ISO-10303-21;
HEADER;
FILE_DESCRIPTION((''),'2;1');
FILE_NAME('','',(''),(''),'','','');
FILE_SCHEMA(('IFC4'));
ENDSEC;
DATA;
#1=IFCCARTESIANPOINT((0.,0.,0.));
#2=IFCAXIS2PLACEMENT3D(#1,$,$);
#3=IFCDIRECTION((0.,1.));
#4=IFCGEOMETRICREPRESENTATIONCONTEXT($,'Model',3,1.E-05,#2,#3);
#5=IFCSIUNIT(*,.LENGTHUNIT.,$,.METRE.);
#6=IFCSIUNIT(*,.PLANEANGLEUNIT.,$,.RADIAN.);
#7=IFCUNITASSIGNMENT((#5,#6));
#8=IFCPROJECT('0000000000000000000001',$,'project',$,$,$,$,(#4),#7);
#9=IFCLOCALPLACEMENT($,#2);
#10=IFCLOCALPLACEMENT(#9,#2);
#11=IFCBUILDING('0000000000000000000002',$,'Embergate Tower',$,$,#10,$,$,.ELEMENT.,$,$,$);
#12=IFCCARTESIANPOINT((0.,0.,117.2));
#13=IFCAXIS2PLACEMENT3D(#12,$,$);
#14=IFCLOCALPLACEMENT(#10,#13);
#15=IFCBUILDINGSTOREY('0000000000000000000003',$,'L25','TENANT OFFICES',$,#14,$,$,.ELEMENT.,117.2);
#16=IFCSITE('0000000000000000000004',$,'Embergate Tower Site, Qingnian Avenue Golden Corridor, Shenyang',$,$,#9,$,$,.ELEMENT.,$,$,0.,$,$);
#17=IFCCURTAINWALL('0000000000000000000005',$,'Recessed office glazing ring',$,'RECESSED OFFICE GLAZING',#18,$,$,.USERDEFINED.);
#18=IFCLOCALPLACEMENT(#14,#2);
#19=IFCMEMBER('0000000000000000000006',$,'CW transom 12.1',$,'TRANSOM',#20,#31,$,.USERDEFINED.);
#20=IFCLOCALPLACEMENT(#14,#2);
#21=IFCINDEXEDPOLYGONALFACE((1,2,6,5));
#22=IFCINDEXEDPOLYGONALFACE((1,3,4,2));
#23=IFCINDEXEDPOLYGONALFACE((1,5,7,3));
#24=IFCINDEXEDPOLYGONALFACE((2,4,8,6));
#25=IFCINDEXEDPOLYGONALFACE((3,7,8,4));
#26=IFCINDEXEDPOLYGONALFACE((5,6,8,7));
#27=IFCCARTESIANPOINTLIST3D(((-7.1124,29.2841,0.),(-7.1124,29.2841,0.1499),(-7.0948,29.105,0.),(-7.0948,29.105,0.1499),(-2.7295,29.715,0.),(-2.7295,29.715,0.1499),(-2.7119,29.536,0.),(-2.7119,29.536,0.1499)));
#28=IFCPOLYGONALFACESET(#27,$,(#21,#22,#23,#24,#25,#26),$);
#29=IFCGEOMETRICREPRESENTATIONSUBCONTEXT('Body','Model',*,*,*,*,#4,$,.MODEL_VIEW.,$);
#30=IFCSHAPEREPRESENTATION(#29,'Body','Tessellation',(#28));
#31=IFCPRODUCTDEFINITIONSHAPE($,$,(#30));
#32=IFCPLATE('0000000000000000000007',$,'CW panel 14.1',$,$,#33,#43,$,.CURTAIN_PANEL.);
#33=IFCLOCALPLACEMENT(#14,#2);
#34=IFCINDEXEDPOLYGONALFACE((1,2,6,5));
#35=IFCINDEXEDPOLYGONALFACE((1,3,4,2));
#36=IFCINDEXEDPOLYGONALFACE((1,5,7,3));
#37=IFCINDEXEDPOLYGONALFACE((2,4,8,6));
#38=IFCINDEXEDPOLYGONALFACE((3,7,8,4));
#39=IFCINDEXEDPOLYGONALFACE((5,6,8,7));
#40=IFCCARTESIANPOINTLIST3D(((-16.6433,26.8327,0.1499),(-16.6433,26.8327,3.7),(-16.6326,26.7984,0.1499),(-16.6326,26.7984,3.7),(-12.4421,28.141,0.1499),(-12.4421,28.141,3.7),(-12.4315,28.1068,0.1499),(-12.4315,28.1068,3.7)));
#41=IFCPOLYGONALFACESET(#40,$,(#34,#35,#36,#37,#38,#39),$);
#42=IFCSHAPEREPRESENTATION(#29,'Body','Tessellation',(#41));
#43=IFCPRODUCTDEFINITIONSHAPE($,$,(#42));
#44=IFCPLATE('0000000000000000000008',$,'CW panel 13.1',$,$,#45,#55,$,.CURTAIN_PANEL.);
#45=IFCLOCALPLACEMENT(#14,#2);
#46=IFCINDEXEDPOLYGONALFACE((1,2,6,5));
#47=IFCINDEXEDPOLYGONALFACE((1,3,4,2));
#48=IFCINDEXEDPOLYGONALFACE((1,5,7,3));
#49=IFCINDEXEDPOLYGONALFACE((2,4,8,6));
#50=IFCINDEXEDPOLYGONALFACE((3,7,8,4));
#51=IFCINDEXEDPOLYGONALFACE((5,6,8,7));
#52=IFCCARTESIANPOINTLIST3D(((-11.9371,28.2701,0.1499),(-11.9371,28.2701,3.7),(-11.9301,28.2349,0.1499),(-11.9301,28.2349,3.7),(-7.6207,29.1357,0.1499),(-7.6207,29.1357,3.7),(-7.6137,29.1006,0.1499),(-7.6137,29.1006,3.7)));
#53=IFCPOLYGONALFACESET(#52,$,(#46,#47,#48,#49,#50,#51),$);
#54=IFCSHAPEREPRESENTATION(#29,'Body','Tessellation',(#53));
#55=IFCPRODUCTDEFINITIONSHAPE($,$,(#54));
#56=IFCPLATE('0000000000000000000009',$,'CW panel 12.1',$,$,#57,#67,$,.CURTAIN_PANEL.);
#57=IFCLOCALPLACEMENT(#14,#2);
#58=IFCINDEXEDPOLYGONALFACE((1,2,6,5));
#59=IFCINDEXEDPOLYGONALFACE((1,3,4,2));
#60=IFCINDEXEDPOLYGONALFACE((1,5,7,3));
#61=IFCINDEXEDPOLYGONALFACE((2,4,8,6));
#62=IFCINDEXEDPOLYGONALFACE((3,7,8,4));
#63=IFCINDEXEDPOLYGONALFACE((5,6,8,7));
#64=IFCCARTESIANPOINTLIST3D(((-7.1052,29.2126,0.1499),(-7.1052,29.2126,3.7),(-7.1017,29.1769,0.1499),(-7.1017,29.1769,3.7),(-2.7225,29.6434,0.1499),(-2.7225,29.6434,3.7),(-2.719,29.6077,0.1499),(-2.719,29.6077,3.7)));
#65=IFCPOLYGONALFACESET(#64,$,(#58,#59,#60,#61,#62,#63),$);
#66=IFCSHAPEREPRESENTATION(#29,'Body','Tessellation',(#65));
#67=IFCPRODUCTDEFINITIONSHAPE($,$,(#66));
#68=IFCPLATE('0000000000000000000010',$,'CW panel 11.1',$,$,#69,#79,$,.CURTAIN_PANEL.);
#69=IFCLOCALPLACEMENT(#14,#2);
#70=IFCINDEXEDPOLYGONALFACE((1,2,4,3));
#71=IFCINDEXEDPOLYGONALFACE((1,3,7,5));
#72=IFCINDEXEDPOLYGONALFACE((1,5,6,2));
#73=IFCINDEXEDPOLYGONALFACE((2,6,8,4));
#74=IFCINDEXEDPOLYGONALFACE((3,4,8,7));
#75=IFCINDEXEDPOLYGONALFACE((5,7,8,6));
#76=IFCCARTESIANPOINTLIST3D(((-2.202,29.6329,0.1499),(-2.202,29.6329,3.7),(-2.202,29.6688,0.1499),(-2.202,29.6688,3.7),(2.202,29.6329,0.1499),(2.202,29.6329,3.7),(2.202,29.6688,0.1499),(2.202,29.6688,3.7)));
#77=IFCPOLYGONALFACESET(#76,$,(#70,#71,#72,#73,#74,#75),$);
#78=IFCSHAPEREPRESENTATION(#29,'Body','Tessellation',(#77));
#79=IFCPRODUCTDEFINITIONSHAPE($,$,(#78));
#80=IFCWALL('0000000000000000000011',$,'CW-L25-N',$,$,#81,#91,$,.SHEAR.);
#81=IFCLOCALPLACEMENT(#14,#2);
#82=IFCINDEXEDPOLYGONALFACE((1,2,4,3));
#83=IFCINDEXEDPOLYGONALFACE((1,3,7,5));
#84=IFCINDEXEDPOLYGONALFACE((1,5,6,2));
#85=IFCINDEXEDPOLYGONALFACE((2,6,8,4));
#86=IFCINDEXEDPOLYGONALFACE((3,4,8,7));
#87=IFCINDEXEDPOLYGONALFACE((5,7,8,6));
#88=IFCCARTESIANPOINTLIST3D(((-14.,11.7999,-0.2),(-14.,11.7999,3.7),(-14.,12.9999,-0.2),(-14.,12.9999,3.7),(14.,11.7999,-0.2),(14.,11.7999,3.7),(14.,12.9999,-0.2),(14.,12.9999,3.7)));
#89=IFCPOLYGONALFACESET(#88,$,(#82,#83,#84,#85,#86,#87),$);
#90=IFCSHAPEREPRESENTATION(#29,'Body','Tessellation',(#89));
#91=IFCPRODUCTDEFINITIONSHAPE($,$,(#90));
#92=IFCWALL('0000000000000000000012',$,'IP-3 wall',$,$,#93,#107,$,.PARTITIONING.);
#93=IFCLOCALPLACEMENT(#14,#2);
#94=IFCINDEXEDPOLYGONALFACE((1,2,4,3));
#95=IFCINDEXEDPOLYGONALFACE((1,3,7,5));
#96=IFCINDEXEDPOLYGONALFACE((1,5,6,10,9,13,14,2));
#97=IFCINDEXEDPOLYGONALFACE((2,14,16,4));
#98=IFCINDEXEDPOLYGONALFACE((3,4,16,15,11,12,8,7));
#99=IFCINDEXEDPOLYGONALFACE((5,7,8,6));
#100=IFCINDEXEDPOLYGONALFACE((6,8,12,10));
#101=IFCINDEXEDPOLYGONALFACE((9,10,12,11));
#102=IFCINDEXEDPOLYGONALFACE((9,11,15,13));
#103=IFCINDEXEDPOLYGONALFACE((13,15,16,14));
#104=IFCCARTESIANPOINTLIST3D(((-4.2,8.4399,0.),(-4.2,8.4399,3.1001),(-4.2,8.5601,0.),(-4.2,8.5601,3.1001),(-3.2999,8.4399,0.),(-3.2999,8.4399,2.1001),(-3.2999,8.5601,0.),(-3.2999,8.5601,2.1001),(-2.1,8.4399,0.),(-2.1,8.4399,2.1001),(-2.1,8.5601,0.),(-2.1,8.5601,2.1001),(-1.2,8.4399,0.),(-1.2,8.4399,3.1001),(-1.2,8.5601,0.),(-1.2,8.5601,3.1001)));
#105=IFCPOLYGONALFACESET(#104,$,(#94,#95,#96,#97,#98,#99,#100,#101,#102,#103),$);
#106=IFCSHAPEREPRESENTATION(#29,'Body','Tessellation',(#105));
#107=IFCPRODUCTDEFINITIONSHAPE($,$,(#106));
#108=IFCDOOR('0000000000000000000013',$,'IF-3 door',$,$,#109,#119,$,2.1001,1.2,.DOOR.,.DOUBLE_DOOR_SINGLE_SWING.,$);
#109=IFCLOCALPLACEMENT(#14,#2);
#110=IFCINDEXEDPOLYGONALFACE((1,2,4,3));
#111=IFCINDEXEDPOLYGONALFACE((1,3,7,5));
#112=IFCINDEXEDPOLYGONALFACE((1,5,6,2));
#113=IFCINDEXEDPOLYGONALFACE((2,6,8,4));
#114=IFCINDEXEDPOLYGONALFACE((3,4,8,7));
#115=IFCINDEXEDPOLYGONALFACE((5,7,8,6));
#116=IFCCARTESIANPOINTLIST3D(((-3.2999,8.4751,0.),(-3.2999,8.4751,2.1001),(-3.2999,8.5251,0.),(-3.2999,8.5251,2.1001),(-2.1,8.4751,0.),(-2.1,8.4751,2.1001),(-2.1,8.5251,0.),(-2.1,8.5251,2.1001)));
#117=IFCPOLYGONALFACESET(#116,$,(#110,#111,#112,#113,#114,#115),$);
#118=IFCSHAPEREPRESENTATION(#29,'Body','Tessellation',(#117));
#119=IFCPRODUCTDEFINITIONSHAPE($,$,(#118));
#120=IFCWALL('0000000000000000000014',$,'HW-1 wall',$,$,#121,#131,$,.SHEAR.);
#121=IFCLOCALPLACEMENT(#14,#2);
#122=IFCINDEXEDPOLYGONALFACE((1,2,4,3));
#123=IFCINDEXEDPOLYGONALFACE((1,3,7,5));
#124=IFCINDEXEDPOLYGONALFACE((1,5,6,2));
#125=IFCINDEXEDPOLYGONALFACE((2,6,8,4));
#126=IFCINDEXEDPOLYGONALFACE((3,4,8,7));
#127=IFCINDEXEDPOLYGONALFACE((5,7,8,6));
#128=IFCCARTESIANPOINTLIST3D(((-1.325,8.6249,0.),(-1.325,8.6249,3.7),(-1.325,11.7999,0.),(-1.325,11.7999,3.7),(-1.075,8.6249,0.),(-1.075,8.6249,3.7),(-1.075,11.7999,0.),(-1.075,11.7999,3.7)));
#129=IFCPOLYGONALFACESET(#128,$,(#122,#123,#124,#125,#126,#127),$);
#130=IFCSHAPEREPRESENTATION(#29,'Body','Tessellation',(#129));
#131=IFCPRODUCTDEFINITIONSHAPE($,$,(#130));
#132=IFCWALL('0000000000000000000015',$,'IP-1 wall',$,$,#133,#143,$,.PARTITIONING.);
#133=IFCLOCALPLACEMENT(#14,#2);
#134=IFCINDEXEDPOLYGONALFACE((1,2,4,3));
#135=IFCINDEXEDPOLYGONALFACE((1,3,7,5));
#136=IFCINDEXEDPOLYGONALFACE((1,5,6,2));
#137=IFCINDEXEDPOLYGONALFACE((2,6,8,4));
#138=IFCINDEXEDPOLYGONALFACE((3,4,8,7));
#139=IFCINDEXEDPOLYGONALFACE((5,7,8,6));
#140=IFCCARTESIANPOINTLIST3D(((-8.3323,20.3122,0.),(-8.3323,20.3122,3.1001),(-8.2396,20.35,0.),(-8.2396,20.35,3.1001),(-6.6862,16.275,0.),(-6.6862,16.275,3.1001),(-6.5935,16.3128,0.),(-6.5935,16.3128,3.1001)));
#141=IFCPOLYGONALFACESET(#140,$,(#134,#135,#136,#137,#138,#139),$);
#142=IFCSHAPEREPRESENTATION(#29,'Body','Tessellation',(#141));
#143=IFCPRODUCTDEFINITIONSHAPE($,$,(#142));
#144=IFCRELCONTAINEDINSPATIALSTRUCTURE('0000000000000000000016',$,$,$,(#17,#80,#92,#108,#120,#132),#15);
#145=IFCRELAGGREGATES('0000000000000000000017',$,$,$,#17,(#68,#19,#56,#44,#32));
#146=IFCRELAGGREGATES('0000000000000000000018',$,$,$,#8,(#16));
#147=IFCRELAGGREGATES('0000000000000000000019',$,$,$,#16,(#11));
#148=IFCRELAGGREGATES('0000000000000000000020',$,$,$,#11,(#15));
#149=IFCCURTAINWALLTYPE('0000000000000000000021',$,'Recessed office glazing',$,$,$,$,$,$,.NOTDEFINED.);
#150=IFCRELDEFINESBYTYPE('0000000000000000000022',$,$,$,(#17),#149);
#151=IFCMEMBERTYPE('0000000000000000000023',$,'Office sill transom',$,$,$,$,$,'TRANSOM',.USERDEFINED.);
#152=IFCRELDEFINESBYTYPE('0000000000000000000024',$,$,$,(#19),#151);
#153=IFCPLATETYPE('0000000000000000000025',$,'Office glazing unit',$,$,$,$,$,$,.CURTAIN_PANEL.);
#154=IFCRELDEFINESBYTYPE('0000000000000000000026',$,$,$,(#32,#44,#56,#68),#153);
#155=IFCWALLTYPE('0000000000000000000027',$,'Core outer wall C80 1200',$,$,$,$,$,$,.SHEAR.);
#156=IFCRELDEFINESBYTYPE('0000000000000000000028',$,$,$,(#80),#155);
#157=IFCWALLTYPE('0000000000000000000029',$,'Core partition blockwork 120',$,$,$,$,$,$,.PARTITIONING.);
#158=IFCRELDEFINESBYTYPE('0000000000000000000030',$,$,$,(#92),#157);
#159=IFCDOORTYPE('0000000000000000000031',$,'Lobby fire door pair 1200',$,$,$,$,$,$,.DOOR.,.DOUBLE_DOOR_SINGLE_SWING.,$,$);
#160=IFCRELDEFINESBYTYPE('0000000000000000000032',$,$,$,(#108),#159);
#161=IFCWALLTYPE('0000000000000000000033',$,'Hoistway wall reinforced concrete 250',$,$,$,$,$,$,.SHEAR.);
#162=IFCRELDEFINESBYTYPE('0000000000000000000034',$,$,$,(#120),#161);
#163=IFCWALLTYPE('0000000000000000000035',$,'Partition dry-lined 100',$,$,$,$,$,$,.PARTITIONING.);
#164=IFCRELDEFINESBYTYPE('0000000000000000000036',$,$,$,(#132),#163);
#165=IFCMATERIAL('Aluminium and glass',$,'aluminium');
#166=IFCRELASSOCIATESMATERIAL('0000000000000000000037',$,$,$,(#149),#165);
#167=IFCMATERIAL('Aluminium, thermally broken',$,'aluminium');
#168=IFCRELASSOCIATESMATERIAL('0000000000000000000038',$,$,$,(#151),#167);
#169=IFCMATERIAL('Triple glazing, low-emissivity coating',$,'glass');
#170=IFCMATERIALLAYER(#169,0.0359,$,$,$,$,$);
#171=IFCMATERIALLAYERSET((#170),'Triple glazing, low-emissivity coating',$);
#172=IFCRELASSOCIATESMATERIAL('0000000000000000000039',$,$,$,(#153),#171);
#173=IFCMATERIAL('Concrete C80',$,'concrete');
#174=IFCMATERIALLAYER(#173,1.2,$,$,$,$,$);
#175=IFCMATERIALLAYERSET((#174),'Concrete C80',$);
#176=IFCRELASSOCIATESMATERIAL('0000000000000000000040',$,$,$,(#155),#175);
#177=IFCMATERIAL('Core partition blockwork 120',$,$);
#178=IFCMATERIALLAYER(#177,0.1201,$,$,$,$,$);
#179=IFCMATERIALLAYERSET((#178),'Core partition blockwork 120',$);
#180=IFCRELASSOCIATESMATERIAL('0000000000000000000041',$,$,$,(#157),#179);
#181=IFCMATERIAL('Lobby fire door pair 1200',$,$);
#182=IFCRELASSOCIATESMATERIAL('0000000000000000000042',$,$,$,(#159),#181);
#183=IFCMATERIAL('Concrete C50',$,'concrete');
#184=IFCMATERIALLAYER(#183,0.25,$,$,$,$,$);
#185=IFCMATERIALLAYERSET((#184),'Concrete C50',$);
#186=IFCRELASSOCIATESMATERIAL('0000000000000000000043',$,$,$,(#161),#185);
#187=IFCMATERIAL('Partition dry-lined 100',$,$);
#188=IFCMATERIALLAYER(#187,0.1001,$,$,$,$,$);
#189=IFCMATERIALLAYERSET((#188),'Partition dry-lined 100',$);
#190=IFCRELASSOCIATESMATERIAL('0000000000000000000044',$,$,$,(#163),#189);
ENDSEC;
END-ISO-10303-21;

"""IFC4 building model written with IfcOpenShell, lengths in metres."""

from ifc_helpers import new_model, si_unit, direction, frame, frame_2d, origin, origin_2d, place, context, subcontext, project, spatial, rectangle, extrude, source, transform, mapped, material, layer, layer_set, material_profile, profile_set, type_object, element, fill, aggregate, save


model = new_model("IFC4")

# Units and contexts
model_context = context("Model", 3, precision=1e-05, world=origin(), true_north=direction((0.0, 1.0)))
body_context = subcontext(model_context, "Body", "Model", "MODEL_VIEW")
ifc_project = project(units=[si_unit("LENGTHUNIT", "METRE"), si_unit("PLANEANGLEUNIT", "RADIAN")], contexts=[model_context])

# Site, building, storey
site_placement = place(None, origin())
site = spatial("IfcSite", under=ifc_project, at=site_placement, Name="Embergate Tower Site, Qingnian Avenue Golden Corridor, Shenyang", CompositionType="ELEMENT", RefElevation=0.0)
building_placement = place(site_placement, origin())
building = spatial("IfcBuilding", under=site, at=building_placement, Name="Embergate Tower", CompositionType="ELEMENT")
storey_placement = place(building_placement, frame((0.0, 0.0, 117.2)))
storey = spatial("IfcBuildingStorey", under=building, at=storey_placement, Name="L25", Description="TENANT OFFICES", CompositionType="ELEMENT", Elevation=117.2)

# Curtain wall, member, plates
ifc_material_1 = material(Name="Aluminium and glass", Category="aluminium")
curtain_wall_type = type_object("IfcCurtainWallType", Name="Recessed office glazing", PredefinedType="NOTDEFINED", material=ifc_material_1)
curtain_wall_placement = place(storey_placement, origin())
curtain_wall = element("IfcCurtainWall", 1, at=curtain_wall_placement, inside=storey, type_object=curtain_wall_type, Name="Recessed office glazing ring", ObjectType="RECESSED OFFICE GLAZING", PredefinedType="USERDEFINED")
ifc_material_2 = material(Name="Aluminium, thermally broken", Category="aluminium")
ifc_material_profile_1 = material_profile(ifc_material_2, rectangle(XDim=0.1799, YDim=0.1499, at=origin_2d()), Name="AL 150x180")
ifc_profile_set_1 = profile_set([ifc_material_profile_1], Name="Aluminium, thermally broken")
member_type_1 = type_object("IfcMemberType", Name="Office sill transom", ElementType="TRANSOM", PredefinedType="USERDEFINED", material=ifc_profile_set_1)
shared_shape_1 = source(origin(), body_context, "Body", "SweptSolid", [
    extrude(rectangle(XDim=0.1799, YDim=0.1499, at=origin_2d()), origin(), (0.0, 0.0, 1.0), 4.4041),
])
member_1_placement = place(storey_placement, frame((-2.7207, 29.6255, 0.075), z_axis=(-0.995202, -0.097846, 0.0), x_axis=(0.097846, -0.995202, 0.0)))
member_1 = element("IfcMember", 2, at=member_1_placement, type_object=member_type_1, Name="CW transom 12.1", ObjectType="TRANSOM", PredefinedType="USERDEFINED", context=body_context, shape_type="MappedRepresentation", body=[
    mapped(shared_shape_1, transform((0.0, 0.0, 0.0))),
])
ifc_material_3 = material(Name="Triple glazing, low-emissivity coating", Category="glass")
ifc_layer_1 = layer(ifc_material_3, 0.0359)
ifc_layer_set_1 = layer_set([ifc_layer_1], Name="Triple glazing, low-emissivity coating")
plate_type = type_object("IfcPlateType", Name="Office glazing unit", PredefinedType="CURTAIN_PANEL", material=ifc_layer_set_1)
shared_shape_2 = source(origin(), body_context, "Body", "SweptSolid", [
    extrude(rectangle(XDim=4.4001, YDim=0.0359, at=origin_2d()), origin(), (0.0, 0.0, 1.0), 3.55),
])
plate_1_placement = place(storey_placement, frame((-14.5374, 27.4697, 0.1499), z_axis=(0.0, 0.0, 1.0), x_axis=(-0.954771, -0.297342, 0.0)))
plate_1 = element("IfcPlate", 3, at=plate_1_placement, type_object=plate_type, Name="CW panel 14.1", PredefinedType="CURTAIN_PANEL", context=body_context, shape_type="MappedRepresentation", body=[
    mapped(shared_shape_2, transform((0.0, 0.0, 0.0))),
])
shared_shape_3 = source(origin(), body_context, "Body", "SweptSolid", [
    extrude(rectangle(XDim=4.4023, YDim=0.0359, at=origin_2d()), origin(), (0.0, 0.0, 1.0), 3.55),
])
plate_2_placement = place(storey_placement, frame((-9.7754, 28.6853, 0.1499), z_axis=(0.0, 0.0, 1.0), x_axis=(-0.980475, -0.196643, 0.0)))
plate_2 = element("IfcPlate", 4, at=plate_2_placement, type_object=plate_type, Name="CW panel 13.1", PredefinedType="CURTAIN_PANEL", context=body_context, shape_type="MappedRepresentation", body=[
    mapped(shared_shape_3, transform((0.0, 0.0, 0.0))),
])
shared_shape_4 = source(origin(), body_context, "Body", "SweptSolid", [
    extrude(rectangle(XDim=4.4038, YDim=0.0359, at=origin_2d()), origin(), (0.0, 0.0, 1.0), 3.55),
])
plate_3_placement = place(storey_placement, frame((-4.9121, 29.4102, 0.1499), z_axis=(0.0, 0.0, 1.0), x_axis=(-0.995203, -0.097831, 0.0)))
plate_3 = element("IfcPlate", 5, at=plate_3_placement, type_object=plate_type, Name="CW panel 12.1", PredefinedType="CURTAIN_PANEL", context=body_context, shape_type="MappedRepresentation", body=[
    mapped(shared_shape_4, transform((0.0, 0.0, 0.0))),
])
shared_shape_5 = source(origin(), body_context, "Body", "SweptSolid", [
    extrude(rectangle(XDim=4.4041, YDim=0.0359, at=origin_2d()), origin(), (0.0, 0.0, 1.0), 3.55),
])
plate_4_placement = place(storey_placement, frame((0.0, 29.6509, 0.1499), z_axis=(0.0, 0.0, 1.0), x_axis=(-1.0, 0.0, 0.0)))
plate_4 = element("IfcPlate", 6, at=plate_4_placement, type_object=plate_type, Name="CW panel 11.1", PredefinedType="CURTAIN_PANEL", context=body_context, shape_type="MappedRepresentation", body=[
    mapped(shared_shape_5, transform((0.0, 0.0, 0.0))),
])
aggregate(curtain_wall, [plate_4, member_1, plate_3, plate_2, plate_1])

# Wall
ifc_material_4 = material(Name="Concrete C80", Category="concrete")
ifc_layer_2 = layer(ifc_material_4, 1.2)
ifc_layer_set_2 = layer_set([ifc_layer_2], Name="Concrete C80")
wall_type_1 = type_object("IfcWallType", Name="Core outer wall C80 1200", PredefinedType="SHEAR", material=ifc_layer_set_2)
shared_shape_6 = source(origin(), body_context, "Body", "SweptSolid", [
    extrude(rectangle(XDim=28.0, YDim=1.2, at=frame_2d((14.0, 0.0))), origin(), (0.0, 0.0, 1.0), 3.8999),
])
wall_1_placement = place(storey_placement, frame((-14.0, 12.3999, -0.2), z_axis=(0.0, 0.0, 1.0), x_axis=(1.0, 0.0, 0.0)))
element("IfcWall", 7, at=wall_1_placement, inside=storey, type_object=wall_type_1, Name="CW-L25-N", PredefinedType="SHEAR", context=body_context, shape_type="MappedRepresentation", body=[
    mapped(shared_shape_6, transform((0.0, 0.0, 0.0))),
])

# Wall, opening, door
ifc_material_5 = material(Name="Core partition blockwork 120")
ifc_layer_3 = layer(ifc_material_5, 0.1201)
ifc_layer_set_3 = layer_set([ifc_layer_3], Name="Core partition blockwork 120")
wall_type_2 = type_object("IfcWallType", Name="Core partition blockwork 120", PredefinedType="PARTITIONING", material=ifc_layer_set_3)
shared_shape_7 = source(origin(), body_context, "Body", "SweptSolid", [
    extrude(rectangle(XDim=3.0, YDim=0.1201, at=frame_2d((1.5, 0.0))), origin(), (0.0, 0.0, 1.0), 3.1001),
])
wall_2_placement = place(storey_placement, frame((-1.2, 8.5, 0.0), z_axis=(0.0, 0.0, 1.0), x_axis=(-1.0, 0.0, 0.0)))
wall_2 = element("IfcWall", 8, at=wall_2_placement, inside=storey, type_object=wall_type_2, Name="IP-3 wall", PredefinedType="PARTITIONING", context=body_context, shape_type="MappedRepresentation", body=[
    mapped(shared_shape_7, transform((0.0, 0.0, 0.0))),
])
shared_shape_8 = source(origin(), body_context, "Body", "SweptSolid", [
    extrude(rectangle(XDim=1.2, YDim=2.1001, at=frame_2d((0.6001, 1.05))), frame((0.0, 0.0701, 0.0), z_axis=(0.0, -1.0, 0.0), x_axis=(1.0, 0.0, 0.0)), (0.0, 0.0, 1.0), 0.1401),
])
opening_placement = place(wall_2_placement, frame((0.8999, 0.0, 0.0)))
opening = element("IfcOpeningElement", 9, at=opening_placement, cuts=wall_2, PredefinedType="OPENING", context=body_context, shape_type="MappedRepresentation", body=[
    mapped(shared_shape_8, transform((0.0, 0.0, 0.0))),
])
ifc_material_6 = material(Name="Lobby fire door pair 1200")
door_type = type_object("IfcDoorType", Name="Lobby fire door pair 1200", OperationType="DOUBLE_DOOR_SINGLE_SWING", PredefinedType="DOOR", material=ifc_material_6)
shared_shape_9 = source(origin(), body_context, "Body", "SweptSolid", [
    extrude(rectangle(XDim=1.2, YDim=2.1001, at=frame_2d((0.6001, 1.05))), frame((0.0, 0.0249, 0.0), z_axis=(0.0, -1.0, 0.0), x_axis=(1.0, 0.0, 0.0)), (0.0, 0.0, 1.0), 0.05),
])
door_placement = place(opening_placement, origin())
door = element("IfcDoor", 10, at=door_placement, inside=storey, type_object=door_type, Name="IF-3 door", OperationType="DOUBLE_DOOR_SINGLE_SWING", OverallHeight=2.1001, OverallWidth=1.2, PredefinedType="DOOR", context=body_context, shape_type="MappedRepresentation", body=[
    mapped(shared_shape_9, transform((0.0, 0.0, 0.0))),
])
fill(opening, door)

# Walls
ifc_material_7 = material(Name="Concrete C50", Category="concrete")
ifc_layer_4 = layer(ifc_material_7, 0.25)
ifc_layer_set_4 = layer_set([ifc_layer_4], Name="Concrete C50")
wall_type_3 = type_object("IfcWallType", Name="Hoistway wall reinforced concrete 250", PredefinedType="SHEAR", material=ifc_layer_set_4)
shared_shape_10 = source(origin(), body_context, "Body", "SweptSolid", [
    extrude(rectangle(XDim=3.175, YDim=0.25, at=frame_2d((1.5874, 0.0))), origin(), (0.0, 0.0, 1.0), 3.7),
])
wall_3_placement = place(storey_placement, frame((-1.2, 8.625, 0.0), z_axis=(0.0, 0.0, 1.0), x_axis=(0.0, 1.0, 0.0)))
element("IfcWall", 11, at=wall_3_placement, inside=storey, type_object=wall_type_3, Name="HW-1 wall", PredefinedType="SHEAR", context=body_context, shape_type="MappedRepresentation", body=[
    mapped(shared_shape_10, transform((0.0, 0.0, 0.0))),
])
ifc_material_8 = material(Name="Partition dry-lined 100")
ifc_layer_5 = layer(ifc_material_8, 0.1001)
ifc_layer_set_5 = layer_set([ifc_layer_5], Name="Partition dry-lined 100")
wall_type_4 = type_object("IfcWallType", Name="Partition dry-lined 100", PredefinedType="PARTITIONING", material=ifc_layer_set_5)
shared_shape_11 = source(origin(), body_context, "Body", "SweptSolid", [
    extrude(rectangle(XDim=4.3599, YDim=0.1001, at=frame_2d((2.1799, 0.0))), origin(), (0.0, 0.0, 1.0), 3.1001),
])
wall_4_placement = place(storey_placement, frame((-6.6399, 16.2939, 0.0), z_axis=(0.0, 0.0, 1.0), x_axis=(-0.377542, 0.925992, 0.0)))
element("IfcWall", 12, at=wall_4_placement, inside=storey, type_object=wall_type_4, Name="IP-1 wall", PredefinedType="PARTITIONING", context=body_context, shape_type="MappedRepresentation", body=[
    mapped(shared_shape_11, transform((0.0, 0.0, 0.0))),
])

save(model, "model.ifc")
